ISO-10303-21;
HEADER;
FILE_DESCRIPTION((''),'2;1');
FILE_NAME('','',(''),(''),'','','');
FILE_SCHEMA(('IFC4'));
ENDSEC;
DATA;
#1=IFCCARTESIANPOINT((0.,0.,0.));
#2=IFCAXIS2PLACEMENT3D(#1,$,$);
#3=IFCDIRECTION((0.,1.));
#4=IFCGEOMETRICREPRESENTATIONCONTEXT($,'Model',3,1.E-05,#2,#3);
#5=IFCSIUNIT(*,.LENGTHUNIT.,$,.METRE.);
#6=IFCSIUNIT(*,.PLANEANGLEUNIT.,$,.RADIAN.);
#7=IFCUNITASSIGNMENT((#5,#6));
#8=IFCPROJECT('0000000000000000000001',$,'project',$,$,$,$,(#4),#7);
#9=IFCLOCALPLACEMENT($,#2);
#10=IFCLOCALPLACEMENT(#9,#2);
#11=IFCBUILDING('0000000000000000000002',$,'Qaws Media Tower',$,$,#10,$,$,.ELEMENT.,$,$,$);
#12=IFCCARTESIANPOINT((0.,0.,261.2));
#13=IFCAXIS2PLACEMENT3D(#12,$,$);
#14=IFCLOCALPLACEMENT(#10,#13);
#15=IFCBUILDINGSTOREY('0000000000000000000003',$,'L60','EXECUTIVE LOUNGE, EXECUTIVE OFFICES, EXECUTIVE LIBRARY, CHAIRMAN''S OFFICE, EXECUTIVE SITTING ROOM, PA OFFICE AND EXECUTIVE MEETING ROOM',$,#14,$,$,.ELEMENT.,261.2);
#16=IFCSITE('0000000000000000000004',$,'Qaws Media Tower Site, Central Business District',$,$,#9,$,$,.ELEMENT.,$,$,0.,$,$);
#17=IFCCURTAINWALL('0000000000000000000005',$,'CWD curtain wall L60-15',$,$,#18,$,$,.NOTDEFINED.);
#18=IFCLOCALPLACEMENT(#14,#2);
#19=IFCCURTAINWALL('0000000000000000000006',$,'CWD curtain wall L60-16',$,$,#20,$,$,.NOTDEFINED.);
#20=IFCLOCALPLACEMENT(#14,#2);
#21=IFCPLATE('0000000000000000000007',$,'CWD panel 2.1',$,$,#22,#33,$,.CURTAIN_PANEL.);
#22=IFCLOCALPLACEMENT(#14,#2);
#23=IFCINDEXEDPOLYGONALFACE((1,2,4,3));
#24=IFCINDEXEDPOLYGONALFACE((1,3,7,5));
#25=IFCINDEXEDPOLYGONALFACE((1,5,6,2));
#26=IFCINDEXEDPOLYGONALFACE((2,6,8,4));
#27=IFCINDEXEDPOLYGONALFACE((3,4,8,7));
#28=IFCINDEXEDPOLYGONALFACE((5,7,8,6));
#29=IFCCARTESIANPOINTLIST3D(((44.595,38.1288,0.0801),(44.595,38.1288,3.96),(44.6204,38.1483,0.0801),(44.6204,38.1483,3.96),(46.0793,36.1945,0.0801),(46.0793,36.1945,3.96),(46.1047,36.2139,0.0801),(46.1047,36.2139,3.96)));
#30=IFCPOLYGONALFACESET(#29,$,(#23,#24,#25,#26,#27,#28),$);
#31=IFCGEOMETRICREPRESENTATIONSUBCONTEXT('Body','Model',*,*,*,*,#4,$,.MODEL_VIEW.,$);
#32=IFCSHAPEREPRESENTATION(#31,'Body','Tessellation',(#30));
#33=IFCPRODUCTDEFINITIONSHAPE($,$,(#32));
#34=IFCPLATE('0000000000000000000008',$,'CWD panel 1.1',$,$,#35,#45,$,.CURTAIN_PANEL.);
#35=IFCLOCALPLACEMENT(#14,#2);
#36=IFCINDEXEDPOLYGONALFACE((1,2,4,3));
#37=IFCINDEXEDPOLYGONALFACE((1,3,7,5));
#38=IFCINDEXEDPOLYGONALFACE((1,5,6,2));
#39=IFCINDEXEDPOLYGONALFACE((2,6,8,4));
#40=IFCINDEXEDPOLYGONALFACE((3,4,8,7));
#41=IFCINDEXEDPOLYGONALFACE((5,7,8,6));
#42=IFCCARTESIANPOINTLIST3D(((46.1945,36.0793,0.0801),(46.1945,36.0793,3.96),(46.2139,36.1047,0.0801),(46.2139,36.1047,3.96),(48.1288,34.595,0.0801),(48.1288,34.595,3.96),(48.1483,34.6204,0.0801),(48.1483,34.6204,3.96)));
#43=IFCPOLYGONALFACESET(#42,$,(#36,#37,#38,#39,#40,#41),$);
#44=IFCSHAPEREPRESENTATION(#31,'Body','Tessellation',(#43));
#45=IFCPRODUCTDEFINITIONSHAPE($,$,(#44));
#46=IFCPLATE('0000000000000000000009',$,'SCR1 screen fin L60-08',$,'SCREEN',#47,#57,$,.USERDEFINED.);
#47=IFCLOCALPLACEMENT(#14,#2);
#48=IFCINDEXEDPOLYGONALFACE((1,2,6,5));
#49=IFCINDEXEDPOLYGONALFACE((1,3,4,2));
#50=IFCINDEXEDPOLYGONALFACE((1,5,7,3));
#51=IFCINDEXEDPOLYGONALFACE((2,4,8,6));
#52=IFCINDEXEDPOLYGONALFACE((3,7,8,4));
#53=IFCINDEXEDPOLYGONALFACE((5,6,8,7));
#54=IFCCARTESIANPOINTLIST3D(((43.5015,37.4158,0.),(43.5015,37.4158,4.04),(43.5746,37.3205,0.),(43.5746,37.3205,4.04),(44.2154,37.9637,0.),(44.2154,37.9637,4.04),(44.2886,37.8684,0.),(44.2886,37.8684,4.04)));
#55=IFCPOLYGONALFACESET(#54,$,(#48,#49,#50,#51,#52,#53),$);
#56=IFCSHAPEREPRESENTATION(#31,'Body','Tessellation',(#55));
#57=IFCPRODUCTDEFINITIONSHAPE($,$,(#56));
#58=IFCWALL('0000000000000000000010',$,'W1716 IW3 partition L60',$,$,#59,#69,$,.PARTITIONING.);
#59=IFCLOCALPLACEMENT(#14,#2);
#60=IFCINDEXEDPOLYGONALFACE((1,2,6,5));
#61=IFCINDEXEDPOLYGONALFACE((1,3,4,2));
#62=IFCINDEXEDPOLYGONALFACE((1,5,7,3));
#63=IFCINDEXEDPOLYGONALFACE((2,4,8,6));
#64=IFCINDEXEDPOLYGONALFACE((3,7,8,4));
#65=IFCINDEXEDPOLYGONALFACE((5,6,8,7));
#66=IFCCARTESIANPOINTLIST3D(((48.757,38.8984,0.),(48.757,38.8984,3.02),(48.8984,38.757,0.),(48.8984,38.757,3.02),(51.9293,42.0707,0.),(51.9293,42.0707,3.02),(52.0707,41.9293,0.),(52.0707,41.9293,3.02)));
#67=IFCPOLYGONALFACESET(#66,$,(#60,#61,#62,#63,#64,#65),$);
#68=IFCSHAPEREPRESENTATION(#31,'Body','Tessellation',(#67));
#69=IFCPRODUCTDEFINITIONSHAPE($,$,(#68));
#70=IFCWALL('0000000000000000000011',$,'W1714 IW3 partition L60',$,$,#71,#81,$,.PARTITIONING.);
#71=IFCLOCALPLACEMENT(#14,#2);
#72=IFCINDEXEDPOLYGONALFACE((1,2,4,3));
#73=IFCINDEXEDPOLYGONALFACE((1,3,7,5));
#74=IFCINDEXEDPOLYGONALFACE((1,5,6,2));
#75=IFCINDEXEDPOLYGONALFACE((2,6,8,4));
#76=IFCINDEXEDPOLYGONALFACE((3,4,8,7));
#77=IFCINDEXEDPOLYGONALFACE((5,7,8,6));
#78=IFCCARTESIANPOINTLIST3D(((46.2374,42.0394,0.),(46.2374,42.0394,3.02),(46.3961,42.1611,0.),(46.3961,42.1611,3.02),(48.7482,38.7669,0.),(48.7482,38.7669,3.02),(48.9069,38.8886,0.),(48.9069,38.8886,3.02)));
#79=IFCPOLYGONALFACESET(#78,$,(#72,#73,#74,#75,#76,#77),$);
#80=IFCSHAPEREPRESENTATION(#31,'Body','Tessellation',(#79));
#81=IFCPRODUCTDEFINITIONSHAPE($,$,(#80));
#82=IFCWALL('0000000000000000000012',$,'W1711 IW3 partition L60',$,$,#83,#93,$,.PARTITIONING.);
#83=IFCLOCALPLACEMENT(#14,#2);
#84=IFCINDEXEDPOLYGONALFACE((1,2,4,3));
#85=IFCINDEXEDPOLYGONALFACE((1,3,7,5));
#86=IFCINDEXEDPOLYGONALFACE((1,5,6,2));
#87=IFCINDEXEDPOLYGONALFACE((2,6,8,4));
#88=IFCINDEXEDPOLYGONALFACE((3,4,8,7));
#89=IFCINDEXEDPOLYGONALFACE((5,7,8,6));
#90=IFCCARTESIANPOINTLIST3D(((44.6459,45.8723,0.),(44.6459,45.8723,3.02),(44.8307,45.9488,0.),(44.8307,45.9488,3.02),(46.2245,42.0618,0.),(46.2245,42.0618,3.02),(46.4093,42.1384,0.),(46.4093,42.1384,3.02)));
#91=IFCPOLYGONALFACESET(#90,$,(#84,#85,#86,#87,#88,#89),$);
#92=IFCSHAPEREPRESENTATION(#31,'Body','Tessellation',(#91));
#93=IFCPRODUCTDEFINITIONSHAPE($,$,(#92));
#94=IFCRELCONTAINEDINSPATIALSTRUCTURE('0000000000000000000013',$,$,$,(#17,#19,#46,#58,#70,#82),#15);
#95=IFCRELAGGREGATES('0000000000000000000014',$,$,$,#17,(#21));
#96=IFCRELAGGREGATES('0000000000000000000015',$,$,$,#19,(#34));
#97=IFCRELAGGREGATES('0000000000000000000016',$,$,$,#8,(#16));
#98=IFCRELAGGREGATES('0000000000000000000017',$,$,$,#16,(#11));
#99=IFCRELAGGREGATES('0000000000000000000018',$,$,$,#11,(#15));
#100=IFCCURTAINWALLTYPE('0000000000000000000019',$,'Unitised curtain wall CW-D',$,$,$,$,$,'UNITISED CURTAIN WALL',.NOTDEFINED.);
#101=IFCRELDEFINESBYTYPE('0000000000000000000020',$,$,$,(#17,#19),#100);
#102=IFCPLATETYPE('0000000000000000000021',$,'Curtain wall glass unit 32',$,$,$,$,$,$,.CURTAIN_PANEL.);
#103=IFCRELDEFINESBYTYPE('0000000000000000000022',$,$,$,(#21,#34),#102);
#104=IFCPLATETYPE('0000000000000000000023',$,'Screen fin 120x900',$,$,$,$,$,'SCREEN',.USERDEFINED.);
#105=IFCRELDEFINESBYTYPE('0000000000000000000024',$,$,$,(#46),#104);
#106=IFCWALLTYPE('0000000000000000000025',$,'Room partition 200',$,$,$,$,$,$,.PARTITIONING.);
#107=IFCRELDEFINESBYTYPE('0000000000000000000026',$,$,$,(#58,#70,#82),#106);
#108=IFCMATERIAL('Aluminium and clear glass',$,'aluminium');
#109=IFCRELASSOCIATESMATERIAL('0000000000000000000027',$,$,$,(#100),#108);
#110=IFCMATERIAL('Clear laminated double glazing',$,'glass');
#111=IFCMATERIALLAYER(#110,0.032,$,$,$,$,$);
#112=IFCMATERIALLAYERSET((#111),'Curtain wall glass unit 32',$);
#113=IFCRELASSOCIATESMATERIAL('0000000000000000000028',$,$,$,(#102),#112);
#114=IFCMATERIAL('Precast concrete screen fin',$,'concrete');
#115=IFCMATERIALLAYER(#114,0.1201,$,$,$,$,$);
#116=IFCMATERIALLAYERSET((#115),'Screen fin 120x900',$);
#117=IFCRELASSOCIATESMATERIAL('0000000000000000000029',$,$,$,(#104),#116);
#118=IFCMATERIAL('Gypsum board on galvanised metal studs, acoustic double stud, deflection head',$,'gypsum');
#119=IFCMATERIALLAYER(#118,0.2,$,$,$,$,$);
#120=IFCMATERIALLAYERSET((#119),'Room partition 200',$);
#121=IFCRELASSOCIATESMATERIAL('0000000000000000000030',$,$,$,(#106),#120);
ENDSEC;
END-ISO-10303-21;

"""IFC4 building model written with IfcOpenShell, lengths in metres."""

from ifc_helpers import new_model, si_unit, direction, frame, frame_2d, origin, origin_2d, place, context, subcontext, project, spatial, rectangle, extrude, material, layer, layer_set, type_object, element, aggregate, save


model = new_model("IFC4")

# Units and contexts
model_context = context("Model", 3, precision=1e-05, world=origin(), true_north=direction((0.0, 1.0)))
body_context = subcontext(model_context, "Body", "Model", "MODEL_VIEW")
ifc_project = project(units=[si_unit("LENGTHUNIT", "METRE"), si_unit("PLANEANGLEUNIT", "RADIAN")], contexts=[model_context])

# Site, building, storey
site_placement = place(None, origin())
site = spatial("IfcSite", under=ifc_project, at=site_placement, Name="Qaws Media Tower Site, Central Business District", CompositionType="ELEMENT", RefElevation=0.0)
building_placement = place(site_placement, origin())
building = spatial("IfcBuilding", under=site, at=building_placement, Name="Qaws Media Tower", CompositionType="ELEMENT")
storey_placement = place(building_placement, frame((0.0, 0.0, 261.2)))
storey = spatial("IfcBuildingStorey", under=building, at=storey_placement, Name="L60", Description="EXECUTIVE LOUNGE, EXECUTIVE OFFICES, EXECUTIVE LIBRARY, CHAIRMAN'S OFFICE, EXECUTIVE SITTING ROOM, PA OFFICE AND EXECUTIVE MEETING ROOM", CompositionType="ELEMENT", Elevation=261.2)

# Curtain wall
ifc_material_1 = material(Name="Aluminium and clear glass", Category="aluminium")
curtain_wall_type = type_object("IfcCurtainWallType", Name="Unitised curtain wall CW-D", ElementType="UNITISED CURTAIN WALL", PredefinedType="NOTDEFINED", material=ifc_material_1)
curtain_wall_1_placement = place(storey_placement, origin())
curtain_wall_1 = element("IfcCurtainWall", 1, at=curtain_wall_1_placement, inside=storey, type_object=curtain_wall_type, Name="CWD curtain wall L60-15", PredefinedType="NOTDEFINED")

# Curtain wall
curtain_wall_2_placement = place(storey_placement, origin())
curtain_wall_2 = element("IfcCurtainWall", 2, at=curtain_wall_2_placement, inside=storey, type_object=curtain_wall_type, Name="CWD curtain wall L60-16", PredefinedType="NOTDEFINED")

# Plates
ifc_material_2 = material(Name="Clear laminated double glazing", Category="glass")
ifc_layer_1 = layer(ifc_material_2, 0.032)
ifc_layer_set_1 = layer_set([ifc_layer_1], Name="Curtain wall glass unit 32")
plate_type_1 = type_object("IfcPlateType", Name="Curtain wall glass unit 32", PredefinedType="CURTAIN_PANEL", material=ifc_layer_set_1)
plate_1_placement = place(storey_placement, frame((45.3499, 37.1714, 0.0801), z_axis=(0.0, 0.0, 1.0), x_axis=(0.608761, -0.793353, 0.0)))
plate_1 = element("IfcPlate", 3, at=plate_1_placement, type_object=plate_type_1, Name="CWD panel 2.1", PredefinedType="CURTAIN_PANEL", context=body_context, shape_type="SweptSolid", body=[
    extrude(rectangle(XDim=2.4382, YDim=0.032, at=origin_2d()), origin(), (0.0, 0.0, 1.0), 3.8799),
])
aggregate(curtain_wall_1, [plate_1])
plate_2_placement = place(storey_placement, frame((47.1714, 35.3499, 0.0801), z_axis=(0.0, 0.0, 1.0), x_axis=(0.793353, -0.608761, 0.0)))
plate_2 = element("IfcPlate", 4, at=plate_2_placement, type_object=plate_type_1, Name="CWD panel 1.1", PredefinedType="CURTAIN_PANEL", context=body_context, shape_type="SweptSolid", body=[
    extrude(rectangle(XDim=2.4382, YDim=0.032, at=origin_2d()), origin(), (0.0, 0.0, 1.0), 3.8799),
])
aggregate(curtain_wall_2, [plate_2])
ifc_material_3 = material(Name="Precast concrete screen fin", Category="concrete")
ifc_layer_2 = layer(ifc_material_3, 0.1201)
ifc_layer_set_2 = layer_set([ifc_layer_2], Name="Screen fin 120x900")
plate_type_2 = type_object("IfcPlateType", Name="Screen fin 120x900", ElementType="SCREEN", PredefinedType="USERDEFINED", material=ifc_layer_set_2)
plate_3_placement = place(storey_placement, frame((43.895, 37.6421, 0.0), z_axis=(0.0, 0.0, 1.0), x_axis=(-0.793353, -0.608761, 0.0)))
element("IfcPlate", 5, at=plate_3_placement, inside=storey, type_object=plate_type_2, Name="SCR1 screen fin L60-08", ObjectType="SCREEN", PredefinedType="USERDEFINED", context=body_context, shape_type="SweptSolid", body=[
    extrude(rectangle(XDim=0.8999, YDim=0.1201, at=origin_2d()), origin(), (0.0, 0.0, 1.0), 4.04),
])

# Walls
ifc_material_4 = material(Name="Gypsum board on galvanised metal studs, acoustic double stud, deflection head", Category="gypsum")
ifc_layer_3 = layer(ifc_material_4, 0.2)
ifc_layer_set_3 = layer_set([ifc_layer_3], Name="Room partition 200")
wall_type = type_object("IfcWallType", Name="Room partition 200", PredefinedType="PARTITIONING", material=ifc_layer_set_3)
wall_1_placement = place(storey_placement, frame((52.0, 42.0, 0.0), z_axis=(0.0, 0.0, 1.0), x_axis=(-0.707107, -0.707107, 0.0)))
element("IfcWall", 6, at=wall_1_placement, inside=storey, type_object=wall_type, Name="W1716 IW3 partition L60", PredefinedType="PARTITIONING", context=body_context, shape_type="SweptSolid", body=[
    extrude(rectangle(XDim=4.4863, YDim=0.2, at=frame_2d((2.2432, 0.0))), origin(), (0.0, 0.0, 1.0), 3.02),
])
wall_2_placement = place(storey_placement, frame((48.8276, 38.8276, 0.0), z_axis=(0.0, 0.0, 1.0), x_axis=(-0.608715, 0.793389, 0.0)))
element("IfcWall", 7, at=wall_2_placement, inside=storey, type_object=wall_type, Name="W1714 IW3 partition L60", PredefinedType="PARTITIONING", context=body_context, shape_type="SweptSolid", body=[
    extrude(rectangle(XDim=4.1248, YDim=0.2, at=frame_2d((2.0625, 0.0))), origin(), (0.0, 0.0, 1.0), 3.02),
])
wall_3_placement = place(storey_placement, frame((46.3169, 42.1001, 0.0), z_axis=(0.0, 0.0, 1.0), x_axis=(-0.382732, 0.92386, 0.0)))
element("IfcWall", 8, at=wall_3_placement, inside=storey, type_object=wall_type, Name="W1711 IW3 partition L60", PredefinedType="PARTITIONING", context=body_context, shape_type="SweptSolid", body=[
    extrude(rectangle(XDim=4.1245, YDim=0.2, at=frame_2d((2.0623, 0.0))), origin(), (0.0, 0.0, 1.0), 3.02),
])

save(model, "model.ifc")
